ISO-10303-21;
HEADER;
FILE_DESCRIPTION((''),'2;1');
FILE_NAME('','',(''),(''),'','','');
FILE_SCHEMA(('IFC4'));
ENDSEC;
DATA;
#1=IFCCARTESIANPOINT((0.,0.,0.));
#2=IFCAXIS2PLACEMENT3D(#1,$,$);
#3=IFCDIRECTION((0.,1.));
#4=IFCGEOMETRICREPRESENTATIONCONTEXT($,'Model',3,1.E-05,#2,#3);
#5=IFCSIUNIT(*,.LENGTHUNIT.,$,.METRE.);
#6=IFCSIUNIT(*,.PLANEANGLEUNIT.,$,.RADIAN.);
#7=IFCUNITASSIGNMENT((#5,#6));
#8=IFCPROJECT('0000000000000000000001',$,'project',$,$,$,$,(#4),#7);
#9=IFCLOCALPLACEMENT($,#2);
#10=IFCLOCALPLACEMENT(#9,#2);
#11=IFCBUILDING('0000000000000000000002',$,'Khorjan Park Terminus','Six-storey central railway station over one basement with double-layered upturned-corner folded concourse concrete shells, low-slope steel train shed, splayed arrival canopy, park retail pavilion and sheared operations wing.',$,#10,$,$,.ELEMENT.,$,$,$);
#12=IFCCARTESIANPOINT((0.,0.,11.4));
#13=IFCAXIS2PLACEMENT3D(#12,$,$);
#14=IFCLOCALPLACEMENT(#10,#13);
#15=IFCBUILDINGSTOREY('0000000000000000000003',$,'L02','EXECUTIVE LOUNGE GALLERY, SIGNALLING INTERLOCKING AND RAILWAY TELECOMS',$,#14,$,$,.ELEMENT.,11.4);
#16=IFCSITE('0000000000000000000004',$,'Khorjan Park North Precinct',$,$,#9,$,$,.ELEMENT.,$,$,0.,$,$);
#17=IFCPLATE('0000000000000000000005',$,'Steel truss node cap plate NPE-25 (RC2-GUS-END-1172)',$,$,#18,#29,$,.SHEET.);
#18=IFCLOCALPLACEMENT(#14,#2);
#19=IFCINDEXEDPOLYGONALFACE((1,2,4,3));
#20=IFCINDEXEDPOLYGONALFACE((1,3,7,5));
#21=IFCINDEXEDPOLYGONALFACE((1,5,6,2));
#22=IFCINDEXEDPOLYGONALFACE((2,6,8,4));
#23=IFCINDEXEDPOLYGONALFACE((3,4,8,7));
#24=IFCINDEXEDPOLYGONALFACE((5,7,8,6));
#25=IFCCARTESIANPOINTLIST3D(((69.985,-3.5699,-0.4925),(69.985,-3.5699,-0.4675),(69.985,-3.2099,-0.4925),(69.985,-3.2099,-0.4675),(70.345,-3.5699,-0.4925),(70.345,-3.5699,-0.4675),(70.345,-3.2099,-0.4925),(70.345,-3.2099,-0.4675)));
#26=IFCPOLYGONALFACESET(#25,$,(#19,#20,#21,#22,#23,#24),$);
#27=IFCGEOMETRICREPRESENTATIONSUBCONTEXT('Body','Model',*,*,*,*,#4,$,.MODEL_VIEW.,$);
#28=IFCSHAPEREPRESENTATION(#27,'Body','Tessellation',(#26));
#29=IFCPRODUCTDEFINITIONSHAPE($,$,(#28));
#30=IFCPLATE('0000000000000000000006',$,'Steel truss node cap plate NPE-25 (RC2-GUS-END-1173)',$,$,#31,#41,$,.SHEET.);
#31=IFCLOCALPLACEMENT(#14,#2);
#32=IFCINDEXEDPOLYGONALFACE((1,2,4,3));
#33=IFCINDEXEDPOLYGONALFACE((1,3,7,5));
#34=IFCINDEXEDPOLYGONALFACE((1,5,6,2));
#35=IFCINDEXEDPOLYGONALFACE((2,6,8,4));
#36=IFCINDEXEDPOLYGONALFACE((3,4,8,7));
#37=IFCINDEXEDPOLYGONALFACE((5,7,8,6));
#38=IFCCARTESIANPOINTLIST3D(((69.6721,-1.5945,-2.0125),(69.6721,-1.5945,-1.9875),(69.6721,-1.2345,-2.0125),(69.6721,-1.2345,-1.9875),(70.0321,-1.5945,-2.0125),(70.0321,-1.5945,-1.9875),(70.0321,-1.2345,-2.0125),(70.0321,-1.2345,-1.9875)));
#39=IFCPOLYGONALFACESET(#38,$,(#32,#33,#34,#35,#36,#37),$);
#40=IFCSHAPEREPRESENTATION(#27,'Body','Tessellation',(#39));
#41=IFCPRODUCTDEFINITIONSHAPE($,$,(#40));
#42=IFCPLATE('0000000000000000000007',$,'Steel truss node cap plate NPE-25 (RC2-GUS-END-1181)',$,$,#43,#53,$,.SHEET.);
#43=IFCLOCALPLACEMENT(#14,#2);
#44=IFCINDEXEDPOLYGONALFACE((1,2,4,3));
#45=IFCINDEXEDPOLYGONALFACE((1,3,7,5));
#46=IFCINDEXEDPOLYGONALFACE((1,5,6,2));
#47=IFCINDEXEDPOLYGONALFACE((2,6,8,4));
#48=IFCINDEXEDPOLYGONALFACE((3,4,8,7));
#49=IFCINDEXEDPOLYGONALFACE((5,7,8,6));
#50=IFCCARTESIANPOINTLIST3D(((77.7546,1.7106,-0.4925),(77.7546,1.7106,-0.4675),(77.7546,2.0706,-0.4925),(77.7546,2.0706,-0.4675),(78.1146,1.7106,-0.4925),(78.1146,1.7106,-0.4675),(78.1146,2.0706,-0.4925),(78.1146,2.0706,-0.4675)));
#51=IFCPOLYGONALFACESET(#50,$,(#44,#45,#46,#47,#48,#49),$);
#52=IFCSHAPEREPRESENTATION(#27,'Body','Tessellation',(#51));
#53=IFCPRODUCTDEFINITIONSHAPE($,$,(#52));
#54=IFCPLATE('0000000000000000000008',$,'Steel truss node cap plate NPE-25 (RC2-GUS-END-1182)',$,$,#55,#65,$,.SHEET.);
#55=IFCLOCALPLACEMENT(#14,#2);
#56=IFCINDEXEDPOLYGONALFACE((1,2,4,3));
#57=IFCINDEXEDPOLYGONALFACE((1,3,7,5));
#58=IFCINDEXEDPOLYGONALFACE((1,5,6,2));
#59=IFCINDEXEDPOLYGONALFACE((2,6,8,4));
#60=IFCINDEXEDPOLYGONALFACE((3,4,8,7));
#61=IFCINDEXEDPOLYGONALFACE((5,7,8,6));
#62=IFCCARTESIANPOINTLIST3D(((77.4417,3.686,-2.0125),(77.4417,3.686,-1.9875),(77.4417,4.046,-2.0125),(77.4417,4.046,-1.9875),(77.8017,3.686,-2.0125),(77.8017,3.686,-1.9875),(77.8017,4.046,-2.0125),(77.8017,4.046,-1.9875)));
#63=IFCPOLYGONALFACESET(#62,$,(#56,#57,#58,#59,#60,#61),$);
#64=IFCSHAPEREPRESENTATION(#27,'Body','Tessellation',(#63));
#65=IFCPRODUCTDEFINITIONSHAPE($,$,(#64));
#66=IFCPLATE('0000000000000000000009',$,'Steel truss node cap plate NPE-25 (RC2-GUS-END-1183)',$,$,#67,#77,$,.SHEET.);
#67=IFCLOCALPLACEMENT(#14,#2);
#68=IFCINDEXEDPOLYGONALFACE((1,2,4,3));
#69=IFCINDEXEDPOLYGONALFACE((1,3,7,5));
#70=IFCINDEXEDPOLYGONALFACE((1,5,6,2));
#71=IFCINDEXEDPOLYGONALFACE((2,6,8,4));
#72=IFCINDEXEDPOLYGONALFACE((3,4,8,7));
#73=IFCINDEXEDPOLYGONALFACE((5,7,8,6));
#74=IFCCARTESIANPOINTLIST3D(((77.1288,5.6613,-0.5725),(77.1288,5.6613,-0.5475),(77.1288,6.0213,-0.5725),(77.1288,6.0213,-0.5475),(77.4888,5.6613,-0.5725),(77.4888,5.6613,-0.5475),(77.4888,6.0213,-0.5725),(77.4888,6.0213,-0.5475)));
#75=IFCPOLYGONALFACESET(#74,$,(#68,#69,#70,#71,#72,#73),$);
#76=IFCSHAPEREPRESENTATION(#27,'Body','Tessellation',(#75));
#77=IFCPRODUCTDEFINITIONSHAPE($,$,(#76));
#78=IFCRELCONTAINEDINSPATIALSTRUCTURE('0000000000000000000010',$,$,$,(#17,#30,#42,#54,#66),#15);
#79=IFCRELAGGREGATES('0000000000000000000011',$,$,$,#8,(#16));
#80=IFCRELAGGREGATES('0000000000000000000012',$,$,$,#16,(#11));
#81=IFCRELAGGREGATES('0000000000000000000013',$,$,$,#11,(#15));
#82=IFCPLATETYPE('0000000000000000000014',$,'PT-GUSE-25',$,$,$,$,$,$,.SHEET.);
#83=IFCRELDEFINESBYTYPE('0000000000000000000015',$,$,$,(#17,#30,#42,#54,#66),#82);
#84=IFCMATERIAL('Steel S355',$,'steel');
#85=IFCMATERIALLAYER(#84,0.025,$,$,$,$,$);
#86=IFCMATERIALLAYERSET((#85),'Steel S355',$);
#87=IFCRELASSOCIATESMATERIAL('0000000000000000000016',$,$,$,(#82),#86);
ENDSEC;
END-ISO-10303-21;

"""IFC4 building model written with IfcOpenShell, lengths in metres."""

from ifc_helpers import new_model, si_unit, direction, frame, origin, origin_2d, place, context, subcontext, project, spatial, rectangle, extrude, material, layer, layer_set, type_object, element, save


model = new_model("IFC4")

# Units and contexts
model_context = context("Model", 3, precision=1e-05, world=origin(), true_north=direction((0.0, 1.0)))
body_context = subcontext(model_context, "Body", "Model", "MODEL_VIEW")
ifc_project = project(units=[si_unit("LENGTHUNIT", "METRE"), si_unit("PLANEANGLEUNIT", "RADIAN")], contexts=[model_context])

# Site, building, storey
site_placement = place(None, origin())
site = spatial("IfcSite", under=ifc_project, at=site_placement, Name="Khorjan Park North Precinct", CompositionType="ELEMENT", RefElevation=0.0)
building_placement = place(site_placement, origin())
building = spatial("IfcBuilding", under=site, at=building_placement, Name="Khorjan Park Terminus", Description="Six-storey central railway station over one basement with double-layered upturned-corner folded concourse concrete shells, low-slope steel train shed, splayed arrival canopy, park retail pavilion and sheared operations wing.", CompositionType="ELEMENT")
storey_placement = place(building_placement, frame((0.0, 0.0, 11.4)))
storey = spatial("IfcBuildingStorey", under=building, at=storey_placement, Name="L02", Description="EXECUTIVE LOUNGE GALLERY, SIGNALLING INTERLOCKING AND RAILWAY TELECOMS", CompositionType="ELEMENT", Elevation=11.4)

# Shared definitions
ifc_material = material(Name="Steel S355", Category="steel")

# Plates
ifc_layer_1 = layer(ifc_material, 0.025)
ifc_layer_set_1 = layer_set([ifc_layer_1], Name="Steel S355")
plate_type_1 = type_object("IfcPlateType", Name="PT-GUSE-25", PredefinedType="SHEET", material=ifc_layer_set_1)
for number, where, z_axis, x_axis, name in (
    (1, (70.165, -3.3899, -0.4925), (0.0, 0.0, 1.0), (1.0, 0.0, 0.0), "Steel truss node cap plate NPE-25 (RC2-GUS-END-1172)"),
    (2, (69.8521, -1.4145, -2.0125), (0.0, 0.0, 1.0), (1.0, 0.0, 0.0), "Steel truss node cap plate NPE-25 (RC2-GUS-END-1173)"),
    (3, (77.9346, 1.8906, -0.4925), (0.0, 0.0, 1.0), (1.0, 0.0, 0.0), "Steel truss node cap plate NPE-25 (RC2-GUS-END-1181)"),
    (4, (77.6217, 3.866, -2.0125), (0.0, 0.0, 1.0), (1.0, 0.0, 0.0), "Steel truss node cap plate NPE-25 (RC2-GUS-END-1182)"),
    (5, (77.3088, 5.8413, -0.5725), (0.0, 0.0, 1.0), (1.0, 0.0, 0.0), "Steel truss node cap plate NPE-25 (RC2-GUS-END-1183)"),
):
    element("IfcPlate", number, at=place(storey_placement, frame(where, z_axis=z_axis, x_axis=x_axis)), inside=storey, type_object=plate_type_1, Name=name, PredefinedType="SHEET", context=body_context, shape_type="SweptSolid", body=[
        extrude(rectangle(XDim=0.36, YDim=0.36, at=origin_2d()), origin(), (0.0, 0.0, 1.0), 0.025),
    ])

save(model, "model.ifc")
